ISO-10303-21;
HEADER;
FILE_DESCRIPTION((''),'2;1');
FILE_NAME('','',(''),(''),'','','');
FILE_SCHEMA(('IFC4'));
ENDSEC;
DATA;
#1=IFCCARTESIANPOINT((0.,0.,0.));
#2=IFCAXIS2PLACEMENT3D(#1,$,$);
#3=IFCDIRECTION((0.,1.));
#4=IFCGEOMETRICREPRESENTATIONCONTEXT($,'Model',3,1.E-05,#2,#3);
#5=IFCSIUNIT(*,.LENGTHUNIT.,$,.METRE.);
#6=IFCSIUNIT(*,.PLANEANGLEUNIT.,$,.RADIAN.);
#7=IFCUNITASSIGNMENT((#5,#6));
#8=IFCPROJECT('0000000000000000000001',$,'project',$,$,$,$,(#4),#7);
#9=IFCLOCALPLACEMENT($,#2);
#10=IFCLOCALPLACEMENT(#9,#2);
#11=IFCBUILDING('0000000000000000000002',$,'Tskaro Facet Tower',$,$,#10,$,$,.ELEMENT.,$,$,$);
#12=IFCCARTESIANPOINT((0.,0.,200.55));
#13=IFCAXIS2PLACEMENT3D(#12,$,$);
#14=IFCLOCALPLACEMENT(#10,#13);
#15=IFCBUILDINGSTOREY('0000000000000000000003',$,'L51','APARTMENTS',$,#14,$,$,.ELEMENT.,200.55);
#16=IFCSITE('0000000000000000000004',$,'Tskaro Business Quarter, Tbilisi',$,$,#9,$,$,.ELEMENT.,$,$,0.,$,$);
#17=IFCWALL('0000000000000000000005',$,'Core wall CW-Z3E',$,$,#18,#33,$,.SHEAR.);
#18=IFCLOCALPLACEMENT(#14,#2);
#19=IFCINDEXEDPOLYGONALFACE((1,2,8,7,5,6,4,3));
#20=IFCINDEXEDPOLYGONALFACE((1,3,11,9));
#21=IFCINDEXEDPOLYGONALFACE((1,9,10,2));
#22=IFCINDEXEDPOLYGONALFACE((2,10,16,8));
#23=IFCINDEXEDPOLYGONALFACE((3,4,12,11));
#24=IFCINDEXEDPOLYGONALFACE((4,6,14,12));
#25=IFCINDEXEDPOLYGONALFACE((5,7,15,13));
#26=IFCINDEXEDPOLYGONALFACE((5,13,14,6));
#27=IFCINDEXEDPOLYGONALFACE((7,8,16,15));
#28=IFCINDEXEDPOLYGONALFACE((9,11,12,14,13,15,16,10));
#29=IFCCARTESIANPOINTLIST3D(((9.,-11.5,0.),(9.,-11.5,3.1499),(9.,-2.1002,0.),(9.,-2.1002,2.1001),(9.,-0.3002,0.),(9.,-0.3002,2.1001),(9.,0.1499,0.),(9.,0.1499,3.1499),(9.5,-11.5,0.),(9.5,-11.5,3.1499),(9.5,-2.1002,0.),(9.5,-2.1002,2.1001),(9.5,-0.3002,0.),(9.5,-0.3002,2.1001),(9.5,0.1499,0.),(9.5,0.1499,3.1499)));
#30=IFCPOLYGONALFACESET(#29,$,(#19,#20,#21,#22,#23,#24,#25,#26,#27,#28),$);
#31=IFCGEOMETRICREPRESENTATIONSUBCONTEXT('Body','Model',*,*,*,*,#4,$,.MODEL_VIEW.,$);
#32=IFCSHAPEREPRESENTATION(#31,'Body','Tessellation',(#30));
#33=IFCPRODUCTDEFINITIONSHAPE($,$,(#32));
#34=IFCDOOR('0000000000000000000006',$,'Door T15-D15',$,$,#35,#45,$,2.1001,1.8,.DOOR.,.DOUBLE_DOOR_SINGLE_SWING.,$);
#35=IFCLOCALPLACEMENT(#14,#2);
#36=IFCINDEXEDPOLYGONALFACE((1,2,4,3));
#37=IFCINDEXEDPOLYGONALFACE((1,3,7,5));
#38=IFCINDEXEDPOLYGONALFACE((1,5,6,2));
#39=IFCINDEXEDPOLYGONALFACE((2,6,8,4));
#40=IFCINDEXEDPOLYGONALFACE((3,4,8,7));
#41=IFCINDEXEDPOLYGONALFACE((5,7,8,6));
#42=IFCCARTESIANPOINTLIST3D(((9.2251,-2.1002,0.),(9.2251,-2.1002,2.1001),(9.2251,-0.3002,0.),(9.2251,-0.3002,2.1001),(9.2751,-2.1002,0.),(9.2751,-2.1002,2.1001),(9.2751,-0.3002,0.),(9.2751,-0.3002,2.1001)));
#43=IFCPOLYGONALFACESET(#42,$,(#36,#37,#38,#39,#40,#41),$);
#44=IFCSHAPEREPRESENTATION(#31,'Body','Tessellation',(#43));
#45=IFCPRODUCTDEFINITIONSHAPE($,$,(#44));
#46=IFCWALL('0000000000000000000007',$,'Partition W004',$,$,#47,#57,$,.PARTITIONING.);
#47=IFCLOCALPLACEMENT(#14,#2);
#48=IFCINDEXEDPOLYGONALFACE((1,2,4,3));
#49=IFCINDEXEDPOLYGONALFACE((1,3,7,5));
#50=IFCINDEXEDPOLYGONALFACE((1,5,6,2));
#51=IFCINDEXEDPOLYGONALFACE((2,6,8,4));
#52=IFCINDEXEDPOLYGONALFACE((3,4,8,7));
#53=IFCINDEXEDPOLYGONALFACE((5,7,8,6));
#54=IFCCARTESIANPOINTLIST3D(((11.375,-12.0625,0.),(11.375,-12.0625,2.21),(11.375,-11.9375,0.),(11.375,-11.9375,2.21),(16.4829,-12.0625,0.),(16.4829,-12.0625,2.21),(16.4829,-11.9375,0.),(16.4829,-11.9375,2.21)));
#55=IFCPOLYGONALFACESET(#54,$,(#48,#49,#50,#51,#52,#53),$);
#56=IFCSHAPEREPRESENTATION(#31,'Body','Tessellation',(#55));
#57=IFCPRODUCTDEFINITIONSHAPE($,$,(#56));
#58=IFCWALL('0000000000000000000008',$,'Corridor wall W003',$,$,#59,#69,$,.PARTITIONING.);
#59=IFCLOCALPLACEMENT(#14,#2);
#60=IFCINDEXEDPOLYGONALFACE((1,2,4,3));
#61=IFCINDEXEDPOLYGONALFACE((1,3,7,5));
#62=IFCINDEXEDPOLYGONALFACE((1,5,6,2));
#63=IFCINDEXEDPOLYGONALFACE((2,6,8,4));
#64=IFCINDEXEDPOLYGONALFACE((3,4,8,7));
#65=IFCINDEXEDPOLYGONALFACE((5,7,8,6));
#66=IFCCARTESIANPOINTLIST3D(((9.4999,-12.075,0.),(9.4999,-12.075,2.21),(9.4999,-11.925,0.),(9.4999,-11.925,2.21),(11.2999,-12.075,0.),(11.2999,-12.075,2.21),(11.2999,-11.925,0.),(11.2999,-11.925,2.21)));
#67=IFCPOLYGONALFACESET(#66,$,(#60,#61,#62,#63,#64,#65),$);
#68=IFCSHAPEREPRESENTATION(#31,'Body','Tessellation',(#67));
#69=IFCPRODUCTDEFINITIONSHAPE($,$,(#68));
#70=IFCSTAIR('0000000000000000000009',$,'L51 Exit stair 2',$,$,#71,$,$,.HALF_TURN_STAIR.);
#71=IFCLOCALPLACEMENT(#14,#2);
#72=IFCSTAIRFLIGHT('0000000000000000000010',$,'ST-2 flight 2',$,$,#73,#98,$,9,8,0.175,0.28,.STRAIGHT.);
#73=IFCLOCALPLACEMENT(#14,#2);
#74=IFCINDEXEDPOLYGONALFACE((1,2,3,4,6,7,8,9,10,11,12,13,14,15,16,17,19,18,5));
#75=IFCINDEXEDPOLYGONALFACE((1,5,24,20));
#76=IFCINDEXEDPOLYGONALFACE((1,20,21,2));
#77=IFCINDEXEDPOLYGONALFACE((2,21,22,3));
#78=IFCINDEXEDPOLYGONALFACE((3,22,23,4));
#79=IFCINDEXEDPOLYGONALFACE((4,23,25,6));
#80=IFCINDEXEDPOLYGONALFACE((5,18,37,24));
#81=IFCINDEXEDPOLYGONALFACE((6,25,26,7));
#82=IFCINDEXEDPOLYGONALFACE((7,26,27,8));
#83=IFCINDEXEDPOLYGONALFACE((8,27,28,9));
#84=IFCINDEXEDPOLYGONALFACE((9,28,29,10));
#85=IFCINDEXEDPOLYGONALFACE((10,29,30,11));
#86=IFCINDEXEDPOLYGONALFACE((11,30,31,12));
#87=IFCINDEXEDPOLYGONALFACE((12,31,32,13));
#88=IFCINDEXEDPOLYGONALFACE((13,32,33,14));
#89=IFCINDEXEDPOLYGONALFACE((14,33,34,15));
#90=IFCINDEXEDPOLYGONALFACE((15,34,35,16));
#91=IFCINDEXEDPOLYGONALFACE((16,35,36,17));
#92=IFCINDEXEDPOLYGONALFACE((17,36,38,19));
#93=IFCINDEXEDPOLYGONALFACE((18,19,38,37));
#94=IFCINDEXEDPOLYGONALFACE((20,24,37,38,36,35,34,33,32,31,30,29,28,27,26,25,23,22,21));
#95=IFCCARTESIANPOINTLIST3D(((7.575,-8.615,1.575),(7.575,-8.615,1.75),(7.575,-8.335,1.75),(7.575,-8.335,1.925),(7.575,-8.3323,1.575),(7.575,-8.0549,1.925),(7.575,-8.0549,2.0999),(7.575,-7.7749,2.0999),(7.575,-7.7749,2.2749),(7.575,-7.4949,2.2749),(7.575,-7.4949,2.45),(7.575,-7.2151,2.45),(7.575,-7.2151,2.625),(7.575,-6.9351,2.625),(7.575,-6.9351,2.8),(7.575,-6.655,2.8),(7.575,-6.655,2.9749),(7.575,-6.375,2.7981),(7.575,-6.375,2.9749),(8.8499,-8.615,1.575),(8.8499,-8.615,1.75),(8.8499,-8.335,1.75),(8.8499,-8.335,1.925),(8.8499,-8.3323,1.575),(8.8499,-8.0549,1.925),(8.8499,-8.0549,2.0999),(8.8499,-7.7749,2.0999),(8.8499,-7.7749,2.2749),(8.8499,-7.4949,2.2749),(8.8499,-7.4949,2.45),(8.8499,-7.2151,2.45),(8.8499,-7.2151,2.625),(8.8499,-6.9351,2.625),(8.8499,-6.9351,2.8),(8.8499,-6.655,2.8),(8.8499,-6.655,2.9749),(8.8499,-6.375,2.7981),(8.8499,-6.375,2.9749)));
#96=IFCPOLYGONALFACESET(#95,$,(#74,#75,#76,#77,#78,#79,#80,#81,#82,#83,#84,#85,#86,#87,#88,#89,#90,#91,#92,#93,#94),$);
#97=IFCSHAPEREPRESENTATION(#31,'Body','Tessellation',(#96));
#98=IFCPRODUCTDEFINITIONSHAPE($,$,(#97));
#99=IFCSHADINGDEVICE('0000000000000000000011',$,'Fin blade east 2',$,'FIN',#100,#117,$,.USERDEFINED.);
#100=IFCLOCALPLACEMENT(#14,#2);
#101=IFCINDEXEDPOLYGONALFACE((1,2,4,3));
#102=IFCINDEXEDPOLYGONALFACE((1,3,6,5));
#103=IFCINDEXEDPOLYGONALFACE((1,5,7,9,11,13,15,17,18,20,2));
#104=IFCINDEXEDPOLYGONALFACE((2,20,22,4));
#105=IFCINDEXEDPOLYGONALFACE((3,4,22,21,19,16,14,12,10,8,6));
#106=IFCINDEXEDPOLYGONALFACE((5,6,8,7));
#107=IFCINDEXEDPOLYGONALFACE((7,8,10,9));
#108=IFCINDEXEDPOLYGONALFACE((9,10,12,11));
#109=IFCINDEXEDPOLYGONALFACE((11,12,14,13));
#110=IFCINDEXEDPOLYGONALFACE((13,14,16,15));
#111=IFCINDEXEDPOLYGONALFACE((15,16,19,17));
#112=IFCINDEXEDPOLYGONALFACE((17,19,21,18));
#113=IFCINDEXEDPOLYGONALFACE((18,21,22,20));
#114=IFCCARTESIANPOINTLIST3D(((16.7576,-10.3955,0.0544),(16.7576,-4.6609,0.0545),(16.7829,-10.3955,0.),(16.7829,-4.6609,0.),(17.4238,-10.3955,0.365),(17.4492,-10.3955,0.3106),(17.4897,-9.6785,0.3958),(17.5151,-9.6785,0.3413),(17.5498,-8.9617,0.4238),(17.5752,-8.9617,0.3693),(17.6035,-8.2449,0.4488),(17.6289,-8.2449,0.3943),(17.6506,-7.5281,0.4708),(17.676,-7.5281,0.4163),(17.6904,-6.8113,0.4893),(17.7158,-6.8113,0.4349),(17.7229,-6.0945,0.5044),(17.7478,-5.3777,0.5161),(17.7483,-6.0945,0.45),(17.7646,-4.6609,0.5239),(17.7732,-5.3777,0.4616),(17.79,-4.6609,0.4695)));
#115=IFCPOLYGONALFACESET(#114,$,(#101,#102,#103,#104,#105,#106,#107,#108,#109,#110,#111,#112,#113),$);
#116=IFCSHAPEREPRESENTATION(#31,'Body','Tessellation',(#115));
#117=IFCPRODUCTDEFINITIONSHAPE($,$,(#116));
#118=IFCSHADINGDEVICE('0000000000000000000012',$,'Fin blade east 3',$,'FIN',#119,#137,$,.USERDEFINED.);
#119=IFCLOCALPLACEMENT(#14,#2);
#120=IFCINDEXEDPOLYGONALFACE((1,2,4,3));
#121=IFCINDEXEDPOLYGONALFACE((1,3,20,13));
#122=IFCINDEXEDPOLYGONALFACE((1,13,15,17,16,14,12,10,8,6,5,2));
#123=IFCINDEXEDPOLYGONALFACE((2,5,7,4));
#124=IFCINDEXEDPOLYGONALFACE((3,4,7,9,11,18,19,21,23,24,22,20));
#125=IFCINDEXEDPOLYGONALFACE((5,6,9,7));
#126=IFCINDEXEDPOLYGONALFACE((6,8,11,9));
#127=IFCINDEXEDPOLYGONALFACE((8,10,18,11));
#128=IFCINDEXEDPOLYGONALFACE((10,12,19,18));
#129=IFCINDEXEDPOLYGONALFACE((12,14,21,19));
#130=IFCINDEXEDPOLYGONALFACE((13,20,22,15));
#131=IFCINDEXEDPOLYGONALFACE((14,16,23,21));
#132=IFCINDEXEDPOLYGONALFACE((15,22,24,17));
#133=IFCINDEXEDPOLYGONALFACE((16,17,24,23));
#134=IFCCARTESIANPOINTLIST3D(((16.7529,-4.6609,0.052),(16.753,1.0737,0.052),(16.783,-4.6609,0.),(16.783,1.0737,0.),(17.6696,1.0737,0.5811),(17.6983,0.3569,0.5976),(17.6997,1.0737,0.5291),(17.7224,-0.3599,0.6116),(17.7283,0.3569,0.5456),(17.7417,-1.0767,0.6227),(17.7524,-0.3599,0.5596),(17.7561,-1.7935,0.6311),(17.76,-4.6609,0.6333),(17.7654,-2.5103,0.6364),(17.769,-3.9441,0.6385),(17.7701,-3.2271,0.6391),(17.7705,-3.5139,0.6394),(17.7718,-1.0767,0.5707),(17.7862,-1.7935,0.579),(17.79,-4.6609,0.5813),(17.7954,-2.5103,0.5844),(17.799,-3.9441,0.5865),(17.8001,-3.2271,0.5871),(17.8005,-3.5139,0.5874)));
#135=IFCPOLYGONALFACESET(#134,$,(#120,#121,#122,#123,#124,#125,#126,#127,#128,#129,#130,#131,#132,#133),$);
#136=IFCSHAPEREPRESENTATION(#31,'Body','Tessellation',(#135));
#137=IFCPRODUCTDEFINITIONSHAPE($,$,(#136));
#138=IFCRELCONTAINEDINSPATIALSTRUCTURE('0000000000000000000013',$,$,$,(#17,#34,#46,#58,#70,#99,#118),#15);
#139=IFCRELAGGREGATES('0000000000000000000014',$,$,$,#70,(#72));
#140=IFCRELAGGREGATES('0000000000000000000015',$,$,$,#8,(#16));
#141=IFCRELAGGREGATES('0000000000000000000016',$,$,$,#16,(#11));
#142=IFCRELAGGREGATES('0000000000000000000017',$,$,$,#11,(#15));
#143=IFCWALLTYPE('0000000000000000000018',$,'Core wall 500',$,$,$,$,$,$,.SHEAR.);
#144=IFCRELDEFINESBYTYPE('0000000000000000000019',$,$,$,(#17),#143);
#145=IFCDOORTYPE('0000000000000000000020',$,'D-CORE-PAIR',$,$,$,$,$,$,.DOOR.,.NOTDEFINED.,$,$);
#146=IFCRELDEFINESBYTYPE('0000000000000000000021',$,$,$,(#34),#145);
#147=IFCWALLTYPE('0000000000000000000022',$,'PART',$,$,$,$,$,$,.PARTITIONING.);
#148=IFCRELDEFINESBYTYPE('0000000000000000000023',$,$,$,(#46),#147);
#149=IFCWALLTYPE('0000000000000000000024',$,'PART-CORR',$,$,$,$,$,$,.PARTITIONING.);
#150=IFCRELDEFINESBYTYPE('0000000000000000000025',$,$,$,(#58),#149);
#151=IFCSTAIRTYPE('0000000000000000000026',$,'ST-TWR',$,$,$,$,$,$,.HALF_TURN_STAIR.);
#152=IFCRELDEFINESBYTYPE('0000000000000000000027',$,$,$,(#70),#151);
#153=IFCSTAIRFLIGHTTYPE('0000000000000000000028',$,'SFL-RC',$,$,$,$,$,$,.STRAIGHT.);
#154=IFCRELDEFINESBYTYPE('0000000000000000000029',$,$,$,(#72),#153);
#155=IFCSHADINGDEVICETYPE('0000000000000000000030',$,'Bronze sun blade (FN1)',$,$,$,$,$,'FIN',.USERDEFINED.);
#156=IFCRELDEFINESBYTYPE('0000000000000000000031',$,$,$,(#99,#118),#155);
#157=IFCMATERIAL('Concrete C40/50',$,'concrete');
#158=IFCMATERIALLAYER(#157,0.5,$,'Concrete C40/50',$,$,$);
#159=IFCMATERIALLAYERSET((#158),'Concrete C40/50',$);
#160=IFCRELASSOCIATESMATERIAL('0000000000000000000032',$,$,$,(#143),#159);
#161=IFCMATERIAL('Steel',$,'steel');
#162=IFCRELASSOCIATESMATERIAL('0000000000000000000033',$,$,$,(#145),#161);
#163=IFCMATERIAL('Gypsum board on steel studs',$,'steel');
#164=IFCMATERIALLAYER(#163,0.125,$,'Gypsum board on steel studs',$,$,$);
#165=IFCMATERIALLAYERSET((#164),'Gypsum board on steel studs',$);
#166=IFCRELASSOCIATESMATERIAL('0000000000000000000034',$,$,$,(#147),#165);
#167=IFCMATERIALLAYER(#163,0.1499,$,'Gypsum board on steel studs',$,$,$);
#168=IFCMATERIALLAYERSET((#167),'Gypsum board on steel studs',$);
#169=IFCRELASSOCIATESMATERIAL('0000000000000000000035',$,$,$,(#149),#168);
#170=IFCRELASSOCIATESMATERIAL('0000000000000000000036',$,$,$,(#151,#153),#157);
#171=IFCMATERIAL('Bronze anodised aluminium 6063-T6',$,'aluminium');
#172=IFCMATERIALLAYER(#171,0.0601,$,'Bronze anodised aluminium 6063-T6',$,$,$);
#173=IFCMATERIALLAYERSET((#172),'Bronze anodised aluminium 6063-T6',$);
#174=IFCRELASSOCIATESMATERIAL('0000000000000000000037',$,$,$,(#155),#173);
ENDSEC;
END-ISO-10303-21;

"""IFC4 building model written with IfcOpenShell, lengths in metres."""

from ifc_helpers import new_model, si_unit, direction, frame, frame_2d, origin, place, context, subcontext, project, spatial, polyline, rectangle, outline, extrude, material, layer, layer_set, type_object, element, fill, aggregate, save


model = new_model("IFC4")

# Units and contexts
model_context = context("Model", 3, precision=1e-05, world=origin(), true_north=direction((0.0, 1.0)))
body_context = subcontext(model_context, "Body", "Model", "MODEL_VIEW")
ifc_project = project(units=[si_unit("LENGTHUNIT", "METRE"), si_unit("PLANEANGLEUNIT", "RADIAN")], contexts=[model_context])

# Site, building, storey
site_placement = place(None, origin())
site = spatial("IfcSite", under=ifc_project, at=site_placement, Name="Tskaro Business Quarter, Tbilisi", CompositionType="ELEMENT", RefElevation=0.0)
building_placement = place(site_placement, origin())
building = spatial("IfcBuilding", under=site, at=building_placement, Name="Tskaro Facet Tower", CompositionType="ELEMENT")
storey_placement = place(building_placement, frame((0.0, 0.0, 200.55)))
storey = spatial("IfcBuildingStorey", under=building, at=storey_placement, Name="L51", Description="APARTMENTS", CompositionType="ELEMENT", Elevation=200.55)

# Shared definitions
ifc_material_1 = material(Name="Bronze anodised aluminium 6063-T6", Category="aluminium")

# Wall, opening, door
ifc_material_2 = material(Name="Concrete C40/50", Category="concrete")
ifc_layer_1 = layer(ifc_material_2, 0.5, Name="Concrete C40/50")
ifc_layer_set_1 = layer_set([ifc_layer_1], Name="Concrete C40/50")
wall_type_1 = type_object("IfcWallType", Name="Core wall 500", PredefinedType="SHEAR", material=ifc_layer_set_1)
wall_1_placement = place(storey_placement, frame((9.25, -11.5, 0.0), z_axis=(0.0, 0.0, 1.0), x_axis=(0.0, 1.0, 0.0)))
wall_1 = element("IfcWall", 1, at=wall_1_placement, inside=storey, type_object=wall_type_1, Name="Core wall CW-Z3E", PredefinedType="SHEAR", context=body_context, shape_type="SweptSolid", body=[
    extrude(rectangle(XDim=11.6499, YDim=0.5, at=frame_2d((5.825, 0.0))), origin(), (0.0, 0.0, 1.0), 3.1499),
])
opening_1_placement = place(wall_1_placement, frame((9.3999, 0.0, 0.0)))
opening_1 = element("IfcOpeningElement", 2, at=opening_1_placement, cuts=wall_1, PredefinedType="OPENING", context=body_context, shape_type="SweptSolid", body=[
    extrude(rectangle(XDim=1.8, YDim=2.1001, at=frame_2d((0.8999, 1.05))), frame((0.0, 0.26, 0.0), z_axis=(0.0, -1.0, 0.0), x_axis=(1.0, 0.0, 0.0)), (0.0, 0.0, 1.0), 0.52),
])
ifc_material_3 = material(Name="Steel", Category="steel")
door_type_1 = type_object("IfcDoorType", Name="D-CORE-PAIR", OperationType="NOTDEFINED", PredefinedType="DOOR", material=ifc_material_3)
door_1_placement = place(opening_1_placement, origin())
door_1 = element("IfcDoor", 3, at=door_1_placement, inside=storey, type_object=door_type_1, Name="Door T15-D15", OperationType="DOUBLE_DOOR_SINGLE_SWING", OverallHeight=2.1001, OverallWidth=1.8, PredefinedType="DOOR", context=body_context, shape_type="SweptSolid", body=[
    extrude(rectangle(XDim=1.8, YDim=2.1001, at=frame_2d((0.8999, 1.05))), frame((0.0, 0.0249, 0.0), z_axis=(0.0, -1.0, 0.0), x_axis=(1.0, 0.0, 0.0)), (0.0, 0.0, 1.0), 0.05),
])
fill(opening_1, door_1)

# Walls
ifc_material_4 = material(Name="Gypsum board on steel studs", Category="steel")
ifc_layer_2 = layer(ifc_material_4, 0.125, Name="Gypsum board on steel studs")
ifc_layer_set_2 = layer_set([ifc_layer_2], Name="Gypsum board on steel studs")
wall_type_2 = type_object("IfcWallType", Name="PART", PredefinedType="PARTITIONING", material=ifc_layer_set_2)
wall_2_placement = place(storey_placement, frame((11.375, -12.0, 0.0), z_axis=(0.0, 0.0, 1.0), x_axis=(1.0, 0.0, 0.0)))
element("IfcWall", 4, at=wall_2_placement, inside=storey, type_object=wall_type_2, Name="Partition W004", PredefinedType="PARTITIONING", context=body_context, shape_type="SweptSolid", body=[
    extrude(rectangle(XDim=5.1079, YDim=0.125, at=frame_2d((2.554, 0.0))), origin(), (0.0, 0.0, 1.0), 2.21),
])
ifc_layer_3 = layer(ifc_material_4, 0.1499, Name="Gypsum board on steel studs")
ifc_layer_set_3 = layer_set([ifc_layer_3], Name="Gypsum board on steel studs")
wall_type_3 = type_object("IfcWallType", Name="PART-CORR", PredefinedType="PARTITIONING", material=ifc_layer_set_3)
wall_3_placement = place(storey_placement, frame((9.5, -12.0, 0.0), z_axis=(0.0, 0.0, 1.0), x_axis=(1.0, 0.0, 0.0)))
element("IfcWall", 5, at=wall_3_placement, inside=storey, type_object=wall_type_3, Name="Corridor wall W003", PredefinedType="PARTITIONING", context=body_context, shape_type="SweptSolid", body=[
    extrude(rectangle(XDim=1.8, YDim=0.1499, at=frame_2d((0.8999, 0.0))), origin(), (0.0, 0.0, 1.0), 2.21),
])

# Stair, stair flight
stair_type = type_object("IfcStairType", Name="ST-TWR", PredefinedType="HALF_TURN_STAIR", material=ifc_material_2)
stair_placement = place(storey_placement, origin())
stair = element("IfcStair", 6, at=stair_placement, inside=storey, type_object=stair_type, Name="L51 Exit stair 2", PredefinedType="HALF_TURN_STAIR")
stair_flight_type = type_object("IfcStairFlightType", Name="SFL-RC", PredefinedType="STRAIGHT", material=ifc_material_2)
stair_flight_placement = place(storey_placement, frame((8.2124, -8.615, 1.575), z_axis=(0.0, 0.0, 1.0), x_axis=(0.0, 1.0, 0.0)))
stair_flight = element("IfcStairFlight", 7, at=stair_flight_placement, type_object=stair_flight_type, Name="ST-2 flight 2", NumberOfRisers=9, NumberOfTreads=8, PredefinedType="STRAIGHT", RiserHeight=0.175, TreadLength=0.28, context=body_context, shape_type="SweptSolid", body=[
    extrude(outline(polyline([(0.0, 0.0), (0.0, 0.175), (0.28, 0.175), (0.28, 0.3501), (0.5601, 0.3501), (0.5601, 0.5249), (0.8401, 0.5249), (0.8401, 0.7), (1.1201, 0.7), (1.1201, 0.875), (1.3999, 0.875), (1.3999, 1.05), (1.6799, 1.05), (1.6799, 1.2251), (1.96, 1.2251), (1.96, 1.3999), (2.24, 1.3999), (2.24, 1.575), (2.24, 1.2231), (0.2827, 0.0), (0.0, 0.0)])), frame((0.0, 0.6375, 0.0), z_axis=(0.0, -1.0, 0.0), x_axis=(1.0, 0.0, 0.0)), (0.0, 0.0, 1.0), 1.2749),
])
aggregate(stair, [stair_flight])

# Shading devices
ifc_layer_4 = layer(ifc_material_1, 0.0601, Name="Bronze anodised aluminium 6063-T6")
ifc_layer_set_4 = layer_set([ifc_layer_4], Name="Bronze anodised aluminium 6063-T6")
shading_device_type = type_object("IfcShadingDeviceType", Name="Bronze sun blade (FN1)", ElementType="FIN", PredefinedType="USERDEFINED", material=ifc_layer_set_4)
shading_device_1_placement = place(storey_placement, frame((16.7576, -10.3955, 0.0544), z_axis=(-0.4225, -0.000005, 0.906363), x_axis=(-0.000002, 1.0, 0.000004)))
element("IfcShadingDevice", 8, at=shading_device_1_placement, inside=storey, type_object=shading_device_type, Name="Fin blade east 2", ObjectType="FIN", PredefinedType="USERDEFINED", context=body_context, shape_type="SweptSolid", body=[
    extrude(outline(polyline([(0.0, 0.0), (5.7346, 0.0), (5.7346, -1.1111), (5.0178, -1.0926), (4.301, -1.065), (3.5842, -1.0292), (2.8674, -0.9853), (2.1506, -0.9333), (1.4338, -0.8741), (0.717, -0.8078), (0.0, -0.7351), (0.0, 0.0)])), origin(), (0.0, 0.0, -1.0), 0.0601),
])
shading_device_2_placement = place(storey_placement, frame((16.7529, -4.6609, 0.052), z_axis=(-0.499922, 0.000007, 0.866071), x_axis=(0.000004, 1.0, -0.000006)))
element("IfcShadingDevice", 9, at=shading_device_2_placement, inside=storey, type_object=shading_device_type, Name="Fin blade east 3", ObjectType="FIN", PredefinedType="USERDEFINED", context=body_context, shape_type="SweptSolid", body=[
    extrude(outline(polyline([(0.0, 0.0), (5.7346, 0.0), (5.7346, -1.0585), (5.0178, -1.0915), (4.301, -1.1194), (3.5842, -1.1417), (2.8674, -1.1583), (2.1506, -1.169), (1.4338, -1.1744), (1.147, -1.1749), (0.7168, -1.1732), (0.0, -1.1628), (0.0, 0.0)])), origin(), (0.0, 0.0, -1.0), 0.0601),
])

save(model, "model.ifc")
